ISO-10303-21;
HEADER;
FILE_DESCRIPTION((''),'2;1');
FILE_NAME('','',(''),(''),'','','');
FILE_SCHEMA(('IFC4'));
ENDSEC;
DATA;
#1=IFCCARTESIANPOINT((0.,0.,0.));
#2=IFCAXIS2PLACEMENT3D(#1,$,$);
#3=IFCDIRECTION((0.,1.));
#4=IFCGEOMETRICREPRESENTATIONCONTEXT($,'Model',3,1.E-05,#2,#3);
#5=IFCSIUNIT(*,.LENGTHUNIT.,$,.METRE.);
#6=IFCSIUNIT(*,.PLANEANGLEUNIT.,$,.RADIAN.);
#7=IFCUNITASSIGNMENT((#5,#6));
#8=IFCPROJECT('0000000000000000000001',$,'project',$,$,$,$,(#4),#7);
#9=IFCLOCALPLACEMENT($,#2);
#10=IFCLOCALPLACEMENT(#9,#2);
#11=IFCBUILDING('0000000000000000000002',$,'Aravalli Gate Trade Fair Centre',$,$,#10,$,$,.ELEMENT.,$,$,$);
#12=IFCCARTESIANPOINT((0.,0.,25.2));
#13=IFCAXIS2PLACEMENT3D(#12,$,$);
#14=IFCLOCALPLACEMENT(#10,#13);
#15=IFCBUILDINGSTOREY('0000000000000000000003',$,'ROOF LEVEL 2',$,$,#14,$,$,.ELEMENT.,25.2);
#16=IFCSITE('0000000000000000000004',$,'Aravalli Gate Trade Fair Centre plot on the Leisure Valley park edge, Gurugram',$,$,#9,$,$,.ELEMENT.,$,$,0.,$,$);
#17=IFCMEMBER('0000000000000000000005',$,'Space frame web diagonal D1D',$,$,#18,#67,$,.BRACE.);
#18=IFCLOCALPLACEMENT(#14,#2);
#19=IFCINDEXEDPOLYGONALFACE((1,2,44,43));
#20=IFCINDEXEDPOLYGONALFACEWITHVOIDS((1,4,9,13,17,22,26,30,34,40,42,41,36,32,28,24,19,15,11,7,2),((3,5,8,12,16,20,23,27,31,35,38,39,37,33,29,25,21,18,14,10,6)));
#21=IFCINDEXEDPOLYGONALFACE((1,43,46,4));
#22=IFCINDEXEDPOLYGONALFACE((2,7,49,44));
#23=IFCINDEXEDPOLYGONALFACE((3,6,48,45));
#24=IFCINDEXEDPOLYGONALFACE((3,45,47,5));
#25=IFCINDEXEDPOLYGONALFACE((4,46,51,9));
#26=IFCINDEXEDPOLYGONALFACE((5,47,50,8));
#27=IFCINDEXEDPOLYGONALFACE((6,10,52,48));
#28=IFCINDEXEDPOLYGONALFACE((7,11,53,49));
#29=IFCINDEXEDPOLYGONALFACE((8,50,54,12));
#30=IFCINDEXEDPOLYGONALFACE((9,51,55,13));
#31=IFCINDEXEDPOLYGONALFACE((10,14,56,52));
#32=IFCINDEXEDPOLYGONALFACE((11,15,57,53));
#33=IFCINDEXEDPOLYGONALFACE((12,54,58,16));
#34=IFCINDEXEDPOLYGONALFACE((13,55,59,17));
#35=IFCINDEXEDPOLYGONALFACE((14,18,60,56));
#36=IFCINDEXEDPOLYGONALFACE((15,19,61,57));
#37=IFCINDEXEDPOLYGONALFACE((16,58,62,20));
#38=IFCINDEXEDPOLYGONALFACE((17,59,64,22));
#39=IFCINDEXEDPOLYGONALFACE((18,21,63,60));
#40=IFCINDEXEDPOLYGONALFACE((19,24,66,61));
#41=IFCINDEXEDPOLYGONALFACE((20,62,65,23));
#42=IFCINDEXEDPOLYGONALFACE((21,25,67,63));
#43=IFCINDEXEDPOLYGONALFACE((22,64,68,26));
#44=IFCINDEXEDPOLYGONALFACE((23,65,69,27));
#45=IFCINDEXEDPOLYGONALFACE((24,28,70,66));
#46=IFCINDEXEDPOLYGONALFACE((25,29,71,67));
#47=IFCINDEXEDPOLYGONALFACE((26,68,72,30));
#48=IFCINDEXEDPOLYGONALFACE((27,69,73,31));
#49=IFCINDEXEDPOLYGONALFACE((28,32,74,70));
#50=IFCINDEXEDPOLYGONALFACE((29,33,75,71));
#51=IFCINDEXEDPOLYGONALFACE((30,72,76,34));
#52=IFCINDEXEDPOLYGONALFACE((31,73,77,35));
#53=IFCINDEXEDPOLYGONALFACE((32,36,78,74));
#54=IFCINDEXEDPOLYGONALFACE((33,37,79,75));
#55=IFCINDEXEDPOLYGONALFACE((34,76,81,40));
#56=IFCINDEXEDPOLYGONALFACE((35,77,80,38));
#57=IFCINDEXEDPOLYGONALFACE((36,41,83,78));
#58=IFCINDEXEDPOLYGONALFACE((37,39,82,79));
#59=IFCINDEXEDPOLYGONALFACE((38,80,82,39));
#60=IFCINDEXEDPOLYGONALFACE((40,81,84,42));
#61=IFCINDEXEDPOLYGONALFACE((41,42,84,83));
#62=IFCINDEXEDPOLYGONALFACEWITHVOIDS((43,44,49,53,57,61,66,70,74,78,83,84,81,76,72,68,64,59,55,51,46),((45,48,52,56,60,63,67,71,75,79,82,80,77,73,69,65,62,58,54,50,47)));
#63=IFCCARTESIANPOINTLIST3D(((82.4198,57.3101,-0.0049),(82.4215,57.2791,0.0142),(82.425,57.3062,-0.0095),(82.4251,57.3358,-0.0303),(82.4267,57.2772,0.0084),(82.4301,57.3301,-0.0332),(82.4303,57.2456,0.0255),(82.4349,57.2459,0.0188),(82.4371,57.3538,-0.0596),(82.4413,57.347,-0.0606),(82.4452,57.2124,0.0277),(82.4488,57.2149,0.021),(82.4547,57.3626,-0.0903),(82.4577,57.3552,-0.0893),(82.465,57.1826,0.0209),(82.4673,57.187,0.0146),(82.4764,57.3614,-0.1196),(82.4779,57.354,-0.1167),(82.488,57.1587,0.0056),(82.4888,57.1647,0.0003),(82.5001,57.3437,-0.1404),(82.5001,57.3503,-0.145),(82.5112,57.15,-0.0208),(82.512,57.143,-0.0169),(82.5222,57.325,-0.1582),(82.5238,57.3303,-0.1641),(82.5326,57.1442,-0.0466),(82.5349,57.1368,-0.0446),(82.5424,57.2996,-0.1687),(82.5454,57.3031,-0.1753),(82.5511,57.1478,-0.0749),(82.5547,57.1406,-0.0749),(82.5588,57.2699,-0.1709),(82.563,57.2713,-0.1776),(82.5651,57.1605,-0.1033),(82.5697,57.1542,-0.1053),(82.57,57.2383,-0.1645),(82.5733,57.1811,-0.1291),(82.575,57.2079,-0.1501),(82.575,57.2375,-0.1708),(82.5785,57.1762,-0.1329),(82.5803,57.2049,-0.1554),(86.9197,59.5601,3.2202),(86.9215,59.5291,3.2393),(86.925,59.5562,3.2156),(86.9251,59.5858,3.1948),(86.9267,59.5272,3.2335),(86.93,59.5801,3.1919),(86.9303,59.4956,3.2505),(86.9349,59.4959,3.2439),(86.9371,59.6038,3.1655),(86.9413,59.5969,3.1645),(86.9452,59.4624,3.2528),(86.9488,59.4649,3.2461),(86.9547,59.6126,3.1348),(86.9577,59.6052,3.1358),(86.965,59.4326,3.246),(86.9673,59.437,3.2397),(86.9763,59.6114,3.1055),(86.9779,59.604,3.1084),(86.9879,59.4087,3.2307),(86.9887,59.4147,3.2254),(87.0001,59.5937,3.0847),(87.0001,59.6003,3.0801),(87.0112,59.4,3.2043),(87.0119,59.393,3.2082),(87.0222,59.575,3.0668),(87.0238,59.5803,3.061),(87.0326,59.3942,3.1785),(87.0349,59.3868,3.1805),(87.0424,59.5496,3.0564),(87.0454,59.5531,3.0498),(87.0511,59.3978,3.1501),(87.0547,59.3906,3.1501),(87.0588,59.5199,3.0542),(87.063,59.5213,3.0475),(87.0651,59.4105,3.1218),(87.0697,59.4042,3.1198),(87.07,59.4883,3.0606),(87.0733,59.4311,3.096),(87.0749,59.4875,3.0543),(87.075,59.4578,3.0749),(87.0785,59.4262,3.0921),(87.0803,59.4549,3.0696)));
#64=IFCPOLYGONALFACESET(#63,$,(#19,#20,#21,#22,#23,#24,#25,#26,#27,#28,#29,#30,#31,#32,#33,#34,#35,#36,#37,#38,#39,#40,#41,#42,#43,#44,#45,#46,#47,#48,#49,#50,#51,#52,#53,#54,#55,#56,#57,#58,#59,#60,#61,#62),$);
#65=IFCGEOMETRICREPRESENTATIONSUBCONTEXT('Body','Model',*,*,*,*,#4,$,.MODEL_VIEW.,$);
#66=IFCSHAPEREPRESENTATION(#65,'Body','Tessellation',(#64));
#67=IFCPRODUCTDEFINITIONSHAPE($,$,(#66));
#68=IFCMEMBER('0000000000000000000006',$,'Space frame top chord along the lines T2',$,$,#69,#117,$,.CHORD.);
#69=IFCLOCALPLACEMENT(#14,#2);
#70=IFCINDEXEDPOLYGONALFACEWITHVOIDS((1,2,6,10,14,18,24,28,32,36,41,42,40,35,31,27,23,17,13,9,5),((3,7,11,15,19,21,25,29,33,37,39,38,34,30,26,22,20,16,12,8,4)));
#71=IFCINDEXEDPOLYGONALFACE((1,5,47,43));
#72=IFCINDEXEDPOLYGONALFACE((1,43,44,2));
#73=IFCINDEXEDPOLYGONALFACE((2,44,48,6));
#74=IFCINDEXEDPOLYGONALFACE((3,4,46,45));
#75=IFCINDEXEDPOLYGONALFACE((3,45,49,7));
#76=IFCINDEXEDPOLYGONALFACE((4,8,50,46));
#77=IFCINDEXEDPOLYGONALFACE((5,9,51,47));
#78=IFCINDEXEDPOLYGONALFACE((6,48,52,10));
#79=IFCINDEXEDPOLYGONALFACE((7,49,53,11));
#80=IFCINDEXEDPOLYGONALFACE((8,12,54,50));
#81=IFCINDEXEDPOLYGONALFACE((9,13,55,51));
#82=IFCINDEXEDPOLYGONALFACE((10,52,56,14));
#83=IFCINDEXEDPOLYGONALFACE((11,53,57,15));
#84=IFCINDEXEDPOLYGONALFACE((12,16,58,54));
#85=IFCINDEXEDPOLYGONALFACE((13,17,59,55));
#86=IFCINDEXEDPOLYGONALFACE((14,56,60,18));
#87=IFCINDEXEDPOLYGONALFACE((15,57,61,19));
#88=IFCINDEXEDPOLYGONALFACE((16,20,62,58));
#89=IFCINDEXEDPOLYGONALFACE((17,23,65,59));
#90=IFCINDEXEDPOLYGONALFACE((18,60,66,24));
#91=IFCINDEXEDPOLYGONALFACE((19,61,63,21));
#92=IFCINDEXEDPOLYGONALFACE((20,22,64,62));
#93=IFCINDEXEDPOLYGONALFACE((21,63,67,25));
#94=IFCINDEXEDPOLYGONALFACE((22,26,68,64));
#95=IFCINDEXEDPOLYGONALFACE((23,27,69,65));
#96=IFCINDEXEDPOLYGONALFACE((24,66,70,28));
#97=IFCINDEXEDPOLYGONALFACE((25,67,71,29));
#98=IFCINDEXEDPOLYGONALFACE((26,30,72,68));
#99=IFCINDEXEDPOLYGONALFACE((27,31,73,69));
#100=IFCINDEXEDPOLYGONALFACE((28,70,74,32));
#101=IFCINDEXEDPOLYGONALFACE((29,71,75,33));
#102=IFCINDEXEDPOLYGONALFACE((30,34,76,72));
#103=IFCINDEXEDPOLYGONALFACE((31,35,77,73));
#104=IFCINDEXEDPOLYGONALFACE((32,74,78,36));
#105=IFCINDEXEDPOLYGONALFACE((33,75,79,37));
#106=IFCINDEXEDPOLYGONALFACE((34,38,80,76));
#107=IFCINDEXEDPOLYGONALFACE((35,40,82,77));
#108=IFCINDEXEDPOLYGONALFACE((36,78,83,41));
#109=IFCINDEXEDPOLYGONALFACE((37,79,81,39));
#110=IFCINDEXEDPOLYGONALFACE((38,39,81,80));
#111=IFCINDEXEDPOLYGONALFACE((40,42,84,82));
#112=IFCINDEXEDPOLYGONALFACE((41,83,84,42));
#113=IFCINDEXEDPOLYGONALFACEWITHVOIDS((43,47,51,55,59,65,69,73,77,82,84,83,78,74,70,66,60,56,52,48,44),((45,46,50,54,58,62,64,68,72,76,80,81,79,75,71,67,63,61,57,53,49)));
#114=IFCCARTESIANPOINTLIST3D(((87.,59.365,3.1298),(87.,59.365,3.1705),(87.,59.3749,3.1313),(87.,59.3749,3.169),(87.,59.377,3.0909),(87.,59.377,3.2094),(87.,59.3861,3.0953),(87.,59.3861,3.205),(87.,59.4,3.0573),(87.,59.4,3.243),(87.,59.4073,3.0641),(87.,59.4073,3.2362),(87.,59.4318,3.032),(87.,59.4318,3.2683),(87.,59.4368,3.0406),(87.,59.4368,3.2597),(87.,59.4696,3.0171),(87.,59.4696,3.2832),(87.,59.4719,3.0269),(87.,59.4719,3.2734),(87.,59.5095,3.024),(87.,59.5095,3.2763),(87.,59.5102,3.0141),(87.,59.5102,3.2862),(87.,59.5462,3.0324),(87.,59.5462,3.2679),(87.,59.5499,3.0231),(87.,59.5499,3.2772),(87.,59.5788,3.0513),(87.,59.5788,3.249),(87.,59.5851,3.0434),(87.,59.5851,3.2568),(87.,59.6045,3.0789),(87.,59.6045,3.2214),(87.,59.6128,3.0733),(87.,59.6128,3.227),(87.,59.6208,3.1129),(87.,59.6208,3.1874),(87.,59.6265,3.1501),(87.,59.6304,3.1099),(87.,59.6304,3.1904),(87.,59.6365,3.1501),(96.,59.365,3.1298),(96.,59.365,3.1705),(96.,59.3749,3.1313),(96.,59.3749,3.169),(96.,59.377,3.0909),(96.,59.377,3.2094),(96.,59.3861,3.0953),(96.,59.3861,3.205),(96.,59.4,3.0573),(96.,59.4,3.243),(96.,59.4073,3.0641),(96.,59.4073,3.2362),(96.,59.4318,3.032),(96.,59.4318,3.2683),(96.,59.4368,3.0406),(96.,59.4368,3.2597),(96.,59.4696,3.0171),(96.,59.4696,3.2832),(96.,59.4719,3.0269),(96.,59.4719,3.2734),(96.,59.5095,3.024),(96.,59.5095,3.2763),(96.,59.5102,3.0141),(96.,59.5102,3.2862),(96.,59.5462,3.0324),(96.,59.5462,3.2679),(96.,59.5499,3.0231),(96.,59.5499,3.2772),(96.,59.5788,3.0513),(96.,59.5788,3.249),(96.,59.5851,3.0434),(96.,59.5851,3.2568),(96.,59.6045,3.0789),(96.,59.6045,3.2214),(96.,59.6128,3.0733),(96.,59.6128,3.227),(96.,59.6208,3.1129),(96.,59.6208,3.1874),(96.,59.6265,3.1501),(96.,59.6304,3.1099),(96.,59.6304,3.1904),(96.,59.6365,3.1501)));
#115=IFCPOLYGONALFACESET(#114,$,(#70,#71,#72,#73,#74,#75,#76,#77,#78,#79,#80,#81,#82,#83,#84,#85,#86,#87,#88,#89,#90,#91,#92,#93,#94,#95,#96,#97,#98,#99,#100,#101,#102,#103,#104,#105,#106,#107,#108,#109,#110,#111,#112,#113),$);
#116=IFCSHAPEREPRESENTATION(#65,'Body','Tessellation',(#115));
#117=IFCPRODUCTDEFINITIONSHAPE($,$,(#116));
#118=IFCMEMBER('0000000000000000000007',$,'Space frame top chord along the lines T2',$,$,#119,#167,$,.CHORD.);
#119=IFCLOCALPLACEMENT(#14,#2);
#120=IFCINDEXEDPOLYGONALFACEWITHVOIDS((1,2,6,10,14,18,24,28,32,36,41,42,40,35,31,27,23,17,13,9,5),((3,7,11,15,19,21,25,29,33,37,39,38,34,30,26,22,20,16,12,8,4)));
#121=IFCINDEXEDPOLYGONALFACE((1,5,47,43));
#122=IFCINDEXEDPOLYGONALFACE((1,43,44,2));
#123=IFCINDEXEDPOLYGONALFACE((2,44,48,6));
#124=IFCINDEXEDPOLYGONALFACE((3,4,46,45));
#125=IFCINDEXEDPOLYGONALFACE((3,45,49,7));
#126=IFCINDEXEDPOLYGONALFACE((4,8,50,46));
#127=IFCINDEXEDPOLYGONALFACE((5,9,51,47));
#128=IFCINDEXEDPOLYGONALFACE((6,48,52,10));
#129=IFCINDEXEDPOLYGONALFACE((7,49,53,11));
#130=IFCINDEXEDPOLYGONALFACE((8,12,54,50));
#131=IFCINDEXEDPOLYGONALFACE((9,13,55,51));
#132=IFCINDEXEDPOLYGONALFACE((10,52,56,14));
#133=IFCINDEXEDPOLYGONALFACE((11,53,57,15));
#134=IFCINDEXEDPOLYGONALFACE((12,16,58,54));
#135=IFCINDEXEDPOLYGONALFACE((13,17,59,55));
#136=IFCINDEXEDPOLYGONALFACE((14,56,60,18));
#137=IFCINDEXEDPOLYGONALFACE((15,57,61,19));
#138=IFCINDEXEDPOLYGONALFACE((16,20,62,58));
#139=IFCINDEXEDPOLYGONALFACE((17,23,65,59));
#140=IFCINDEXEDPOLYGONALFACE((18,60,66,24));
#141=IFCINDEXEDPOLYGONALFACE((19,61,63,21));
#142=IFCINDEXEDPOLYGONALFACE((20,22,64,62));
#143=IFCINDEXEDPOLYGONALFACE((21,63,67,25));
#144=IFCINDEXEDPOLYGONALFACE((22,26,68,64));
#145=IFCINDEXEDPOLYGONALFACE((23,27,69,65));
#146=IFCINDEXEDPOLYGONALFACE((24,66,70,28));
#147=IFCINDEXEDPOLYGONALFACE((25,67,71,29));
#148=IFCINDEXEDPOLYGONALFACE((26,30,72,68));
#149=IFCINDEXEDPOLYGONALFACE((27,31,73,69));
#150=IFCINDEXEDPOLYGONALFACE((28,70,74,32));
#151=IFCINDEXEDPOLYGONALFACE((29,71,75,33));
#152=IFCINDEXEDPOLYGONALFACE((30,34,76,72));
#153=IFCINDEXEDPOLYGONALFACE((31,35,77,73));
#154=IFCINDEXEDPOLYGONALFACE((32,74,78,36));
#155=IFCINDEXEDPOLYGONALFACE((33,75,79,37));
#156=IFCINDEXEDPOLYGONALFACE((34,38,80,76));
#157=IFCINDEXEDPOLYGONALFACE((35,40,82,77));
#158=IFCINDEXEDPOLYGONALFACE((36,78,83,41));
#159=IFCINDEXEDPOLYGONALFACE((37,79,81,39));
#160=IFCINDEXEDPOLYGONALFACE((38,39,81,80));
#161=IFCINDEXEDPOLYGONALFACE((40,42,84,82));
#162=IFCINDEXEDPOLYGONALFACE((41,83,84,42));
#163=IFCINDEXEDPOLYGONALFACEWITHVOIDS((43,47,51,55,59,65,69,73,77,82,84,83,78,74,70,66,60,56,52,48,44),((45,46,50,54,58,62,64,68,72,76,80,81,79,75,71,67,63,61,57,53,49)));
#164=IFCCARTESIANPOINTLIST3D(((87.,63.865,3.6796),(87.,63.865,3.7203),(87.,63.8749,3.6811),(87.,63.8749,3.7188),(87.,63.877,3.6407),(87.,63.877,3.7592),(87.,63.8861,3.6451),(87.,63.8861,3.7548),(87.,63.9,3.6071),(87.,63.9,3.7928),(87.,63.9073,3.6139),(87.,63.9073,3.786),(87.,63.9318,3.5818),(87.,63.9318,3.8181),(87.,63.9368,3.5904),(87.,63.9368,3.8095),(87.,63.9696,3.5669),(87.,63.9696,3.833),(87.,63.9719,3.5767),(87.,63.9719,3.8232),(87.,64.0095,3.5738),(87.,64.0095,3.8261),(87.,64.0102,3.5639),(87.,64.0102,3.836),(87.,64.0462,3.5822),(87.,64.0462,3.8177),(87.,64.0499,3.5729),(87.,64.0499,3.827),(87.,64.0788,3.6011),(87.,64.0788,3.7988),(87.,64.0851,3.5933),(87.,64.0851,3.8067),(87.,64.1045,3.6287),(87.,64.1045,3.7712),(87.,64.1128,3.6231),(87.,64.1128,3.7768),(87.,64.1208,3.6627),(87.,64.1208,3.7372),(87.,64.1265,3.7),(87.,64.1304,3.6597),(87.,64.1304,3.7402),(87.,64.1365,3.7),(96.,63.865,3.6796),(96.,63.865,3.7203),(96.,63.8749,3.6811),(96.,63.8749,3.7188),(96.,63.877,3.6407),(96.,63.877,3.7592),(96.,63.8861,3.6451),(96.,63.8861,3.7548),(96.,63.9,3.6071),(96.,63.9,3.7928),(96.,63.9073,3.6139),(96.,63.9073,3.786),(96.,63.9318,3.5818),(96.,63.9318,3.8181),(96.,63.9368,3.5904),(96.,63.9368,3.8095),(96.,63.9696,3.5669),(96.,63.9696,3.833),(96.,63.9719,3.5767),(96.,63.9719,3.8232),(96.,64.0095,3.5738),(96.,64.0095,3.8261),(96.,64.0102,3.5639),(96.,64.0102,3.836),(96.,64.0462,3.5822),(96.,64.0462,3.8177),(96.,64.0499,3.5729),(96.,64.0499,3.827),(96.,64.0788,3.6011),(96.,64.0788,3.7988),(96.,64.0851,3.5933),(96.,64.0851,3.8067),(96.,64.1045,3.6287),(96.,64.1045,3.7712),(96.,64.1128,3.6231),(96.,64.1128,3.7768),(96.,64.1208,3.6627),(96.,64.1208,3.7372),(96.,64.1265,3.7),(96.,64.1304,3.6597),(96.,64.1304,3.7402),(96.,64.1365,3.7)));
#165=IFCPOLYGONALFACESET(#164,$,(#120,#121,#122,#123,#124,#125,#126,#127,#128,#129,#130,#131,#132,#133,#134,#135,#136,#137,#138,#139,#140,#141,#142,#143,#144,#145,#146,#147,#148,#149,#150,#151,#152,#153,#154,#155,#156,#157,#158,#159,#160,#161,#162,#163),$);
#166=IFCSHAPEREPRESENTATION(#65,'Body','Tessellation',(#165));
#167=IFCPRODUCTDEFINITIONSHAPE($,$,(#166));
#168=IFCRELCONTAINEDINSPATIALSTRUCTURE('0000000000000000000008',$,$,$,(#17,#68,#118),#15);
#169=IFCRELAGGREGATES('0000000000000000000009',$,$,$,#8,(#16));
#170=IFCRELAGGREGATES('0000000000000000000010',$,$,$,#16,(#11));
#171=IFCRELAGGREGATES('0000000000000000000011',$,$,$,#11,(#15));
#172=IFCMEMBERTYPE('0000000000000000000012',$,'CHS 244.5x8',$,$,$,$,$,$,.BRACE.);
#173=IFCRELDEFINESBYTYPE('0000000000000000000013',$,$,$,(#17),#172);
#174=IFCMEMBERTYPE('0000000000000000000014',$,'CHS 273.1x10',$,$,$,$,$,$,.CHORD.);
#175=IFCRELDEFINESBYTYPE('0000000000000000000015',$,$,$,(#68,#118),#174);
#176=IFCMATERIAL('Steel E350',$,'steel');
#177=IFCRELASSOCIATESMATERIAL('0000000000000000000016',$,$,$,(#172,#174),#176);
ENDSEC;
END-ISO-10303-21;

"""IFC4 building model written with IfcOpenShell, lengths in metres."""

from ifc_helpers import new_model, si_unit, direction, frame, origin, origin_2d, place, context, subcontext, project, spatial, hollow_circle, extrude, material, material_profile, profile_set, type_object, element, save


model = new_model("IFC4")

# Units and contexts
model_context = context("Model", 3, precision=1e-05, world=origin(), true_north=direction((0.0, 1.0)))
body_context = subcontext(model_context, "Body", "Model", "MODEL_VIEW")
ifc_project = project(units=[si_unit("LENGTHUNIT", "METRE"), si_unit("PLANEANGLEUNIT", "RADIAN")], contexts=[model_context])

# Site, building, storey
site_placement = place(None, origin())
site = spatial("IfcSite", under=ifc_project, at=site_placement, Name="Aravalli Gate Trade Fair Centre plot on the Leisure Valley park edge, Gurugram", CompositionType="ELEMENT", RefElevation=0.0)
building_placement = place(site_placement, origin())
building = spatial("IfcBuilding", under=site, at=building_placement, Name="Aravalli Gate Trade Fair Centre", CompositionType="ELEMENT")
storey_placement = place(building_placement, frame((0.0, 0.0, 25.2)))
storey = spatial("IfcBuildingStorey", under=building, at=storey_placement, Name="ROOF LEVEL 2", CompositionType="ELEMENT", Elevation=25.2)

# Members
ifc_material_1 = material(Name="Steel E350", Category="steel")
ifc_material_profile_1 = material_profile(ifc_material_1, hollow_circle(Radius=0.1223, WallThickness=0.0081, at=origin_2d()), Name="CHS 244.5x8")
ifc_profile_set_1 = profile_set([ifc_material_profile_1], Name="Steel E350")
member_type_1 = type_object("IfcMemberType", Name="CHS 244.5x8", PredefinedType="BRACE", material=ifc_profile_set_1)
for number, where, z_axis, x_axis, name in (
    (1, (87.0, 59.5, 3.1501), (-0.753, -0.3765, -0.539666), (0.447214, -0.894427, 0.0), "Space frame web diagonal D1D"),
):
    element("IfcMember", number, at=place(storey_placement, frame(where, z_axis=z_axis, x_axis=x_axis)), inside=storey, type_object=member_type_1, Name=name, PredefinedType="BRACE", context=body_context, shape_type="SweptSolid", body=[
        extrude(hollow_circle(Radius=0.1223, WallThickness=0.0081, at=origin_2d()), origin(), (0.0, 0.0, 1.0), 5.9761),
    ])
ifc_material_profile_2 = material_profile(ifc_material_1, hollow_circle(Radius=0.1365, WallThickness=0.01, at=origin_2d()), Name="CHS 273.1x10")
ifc_profile_set_2 = profile_set([ifc_material_profile_2], Name="Steel E350")
member_type_2 = type_object("IfcMemberType", Name="CHS 273.1x10", PredefinedType="CHORD", material=ifc_profile_set_2)
for number, where, z_axis, x_axis, name in (
    (2, (87.0, 59.5, 3.1501), (1.0, 0.0, 0.0), (0.0, 1.0, 0.0), "Space frame top chord along the lines T2"),
    (3, (87.0, 64.0, 3.7), (1.0, 0.0, 0.0), (0.0, 1.0, 0.0), "Space frame top chord along the lines T2"),
):
    element("IfcMember", number, at=place(storey_placement, frame(where, z_axis=z_axis, x_axis=x_axis)), inside=storey, type_object=member_type_2, Name=name, PredefinedType="CHORD", context=body_context, shape_type="SweptSolid", body=[
        extrude(hollow_circle(Radius=0.1365, WallThickness=0.01, at=origin_2d()), origin(), (0.0, 0.0, 1.0), 9.0),
    ])

save(model, "model.ifc")
